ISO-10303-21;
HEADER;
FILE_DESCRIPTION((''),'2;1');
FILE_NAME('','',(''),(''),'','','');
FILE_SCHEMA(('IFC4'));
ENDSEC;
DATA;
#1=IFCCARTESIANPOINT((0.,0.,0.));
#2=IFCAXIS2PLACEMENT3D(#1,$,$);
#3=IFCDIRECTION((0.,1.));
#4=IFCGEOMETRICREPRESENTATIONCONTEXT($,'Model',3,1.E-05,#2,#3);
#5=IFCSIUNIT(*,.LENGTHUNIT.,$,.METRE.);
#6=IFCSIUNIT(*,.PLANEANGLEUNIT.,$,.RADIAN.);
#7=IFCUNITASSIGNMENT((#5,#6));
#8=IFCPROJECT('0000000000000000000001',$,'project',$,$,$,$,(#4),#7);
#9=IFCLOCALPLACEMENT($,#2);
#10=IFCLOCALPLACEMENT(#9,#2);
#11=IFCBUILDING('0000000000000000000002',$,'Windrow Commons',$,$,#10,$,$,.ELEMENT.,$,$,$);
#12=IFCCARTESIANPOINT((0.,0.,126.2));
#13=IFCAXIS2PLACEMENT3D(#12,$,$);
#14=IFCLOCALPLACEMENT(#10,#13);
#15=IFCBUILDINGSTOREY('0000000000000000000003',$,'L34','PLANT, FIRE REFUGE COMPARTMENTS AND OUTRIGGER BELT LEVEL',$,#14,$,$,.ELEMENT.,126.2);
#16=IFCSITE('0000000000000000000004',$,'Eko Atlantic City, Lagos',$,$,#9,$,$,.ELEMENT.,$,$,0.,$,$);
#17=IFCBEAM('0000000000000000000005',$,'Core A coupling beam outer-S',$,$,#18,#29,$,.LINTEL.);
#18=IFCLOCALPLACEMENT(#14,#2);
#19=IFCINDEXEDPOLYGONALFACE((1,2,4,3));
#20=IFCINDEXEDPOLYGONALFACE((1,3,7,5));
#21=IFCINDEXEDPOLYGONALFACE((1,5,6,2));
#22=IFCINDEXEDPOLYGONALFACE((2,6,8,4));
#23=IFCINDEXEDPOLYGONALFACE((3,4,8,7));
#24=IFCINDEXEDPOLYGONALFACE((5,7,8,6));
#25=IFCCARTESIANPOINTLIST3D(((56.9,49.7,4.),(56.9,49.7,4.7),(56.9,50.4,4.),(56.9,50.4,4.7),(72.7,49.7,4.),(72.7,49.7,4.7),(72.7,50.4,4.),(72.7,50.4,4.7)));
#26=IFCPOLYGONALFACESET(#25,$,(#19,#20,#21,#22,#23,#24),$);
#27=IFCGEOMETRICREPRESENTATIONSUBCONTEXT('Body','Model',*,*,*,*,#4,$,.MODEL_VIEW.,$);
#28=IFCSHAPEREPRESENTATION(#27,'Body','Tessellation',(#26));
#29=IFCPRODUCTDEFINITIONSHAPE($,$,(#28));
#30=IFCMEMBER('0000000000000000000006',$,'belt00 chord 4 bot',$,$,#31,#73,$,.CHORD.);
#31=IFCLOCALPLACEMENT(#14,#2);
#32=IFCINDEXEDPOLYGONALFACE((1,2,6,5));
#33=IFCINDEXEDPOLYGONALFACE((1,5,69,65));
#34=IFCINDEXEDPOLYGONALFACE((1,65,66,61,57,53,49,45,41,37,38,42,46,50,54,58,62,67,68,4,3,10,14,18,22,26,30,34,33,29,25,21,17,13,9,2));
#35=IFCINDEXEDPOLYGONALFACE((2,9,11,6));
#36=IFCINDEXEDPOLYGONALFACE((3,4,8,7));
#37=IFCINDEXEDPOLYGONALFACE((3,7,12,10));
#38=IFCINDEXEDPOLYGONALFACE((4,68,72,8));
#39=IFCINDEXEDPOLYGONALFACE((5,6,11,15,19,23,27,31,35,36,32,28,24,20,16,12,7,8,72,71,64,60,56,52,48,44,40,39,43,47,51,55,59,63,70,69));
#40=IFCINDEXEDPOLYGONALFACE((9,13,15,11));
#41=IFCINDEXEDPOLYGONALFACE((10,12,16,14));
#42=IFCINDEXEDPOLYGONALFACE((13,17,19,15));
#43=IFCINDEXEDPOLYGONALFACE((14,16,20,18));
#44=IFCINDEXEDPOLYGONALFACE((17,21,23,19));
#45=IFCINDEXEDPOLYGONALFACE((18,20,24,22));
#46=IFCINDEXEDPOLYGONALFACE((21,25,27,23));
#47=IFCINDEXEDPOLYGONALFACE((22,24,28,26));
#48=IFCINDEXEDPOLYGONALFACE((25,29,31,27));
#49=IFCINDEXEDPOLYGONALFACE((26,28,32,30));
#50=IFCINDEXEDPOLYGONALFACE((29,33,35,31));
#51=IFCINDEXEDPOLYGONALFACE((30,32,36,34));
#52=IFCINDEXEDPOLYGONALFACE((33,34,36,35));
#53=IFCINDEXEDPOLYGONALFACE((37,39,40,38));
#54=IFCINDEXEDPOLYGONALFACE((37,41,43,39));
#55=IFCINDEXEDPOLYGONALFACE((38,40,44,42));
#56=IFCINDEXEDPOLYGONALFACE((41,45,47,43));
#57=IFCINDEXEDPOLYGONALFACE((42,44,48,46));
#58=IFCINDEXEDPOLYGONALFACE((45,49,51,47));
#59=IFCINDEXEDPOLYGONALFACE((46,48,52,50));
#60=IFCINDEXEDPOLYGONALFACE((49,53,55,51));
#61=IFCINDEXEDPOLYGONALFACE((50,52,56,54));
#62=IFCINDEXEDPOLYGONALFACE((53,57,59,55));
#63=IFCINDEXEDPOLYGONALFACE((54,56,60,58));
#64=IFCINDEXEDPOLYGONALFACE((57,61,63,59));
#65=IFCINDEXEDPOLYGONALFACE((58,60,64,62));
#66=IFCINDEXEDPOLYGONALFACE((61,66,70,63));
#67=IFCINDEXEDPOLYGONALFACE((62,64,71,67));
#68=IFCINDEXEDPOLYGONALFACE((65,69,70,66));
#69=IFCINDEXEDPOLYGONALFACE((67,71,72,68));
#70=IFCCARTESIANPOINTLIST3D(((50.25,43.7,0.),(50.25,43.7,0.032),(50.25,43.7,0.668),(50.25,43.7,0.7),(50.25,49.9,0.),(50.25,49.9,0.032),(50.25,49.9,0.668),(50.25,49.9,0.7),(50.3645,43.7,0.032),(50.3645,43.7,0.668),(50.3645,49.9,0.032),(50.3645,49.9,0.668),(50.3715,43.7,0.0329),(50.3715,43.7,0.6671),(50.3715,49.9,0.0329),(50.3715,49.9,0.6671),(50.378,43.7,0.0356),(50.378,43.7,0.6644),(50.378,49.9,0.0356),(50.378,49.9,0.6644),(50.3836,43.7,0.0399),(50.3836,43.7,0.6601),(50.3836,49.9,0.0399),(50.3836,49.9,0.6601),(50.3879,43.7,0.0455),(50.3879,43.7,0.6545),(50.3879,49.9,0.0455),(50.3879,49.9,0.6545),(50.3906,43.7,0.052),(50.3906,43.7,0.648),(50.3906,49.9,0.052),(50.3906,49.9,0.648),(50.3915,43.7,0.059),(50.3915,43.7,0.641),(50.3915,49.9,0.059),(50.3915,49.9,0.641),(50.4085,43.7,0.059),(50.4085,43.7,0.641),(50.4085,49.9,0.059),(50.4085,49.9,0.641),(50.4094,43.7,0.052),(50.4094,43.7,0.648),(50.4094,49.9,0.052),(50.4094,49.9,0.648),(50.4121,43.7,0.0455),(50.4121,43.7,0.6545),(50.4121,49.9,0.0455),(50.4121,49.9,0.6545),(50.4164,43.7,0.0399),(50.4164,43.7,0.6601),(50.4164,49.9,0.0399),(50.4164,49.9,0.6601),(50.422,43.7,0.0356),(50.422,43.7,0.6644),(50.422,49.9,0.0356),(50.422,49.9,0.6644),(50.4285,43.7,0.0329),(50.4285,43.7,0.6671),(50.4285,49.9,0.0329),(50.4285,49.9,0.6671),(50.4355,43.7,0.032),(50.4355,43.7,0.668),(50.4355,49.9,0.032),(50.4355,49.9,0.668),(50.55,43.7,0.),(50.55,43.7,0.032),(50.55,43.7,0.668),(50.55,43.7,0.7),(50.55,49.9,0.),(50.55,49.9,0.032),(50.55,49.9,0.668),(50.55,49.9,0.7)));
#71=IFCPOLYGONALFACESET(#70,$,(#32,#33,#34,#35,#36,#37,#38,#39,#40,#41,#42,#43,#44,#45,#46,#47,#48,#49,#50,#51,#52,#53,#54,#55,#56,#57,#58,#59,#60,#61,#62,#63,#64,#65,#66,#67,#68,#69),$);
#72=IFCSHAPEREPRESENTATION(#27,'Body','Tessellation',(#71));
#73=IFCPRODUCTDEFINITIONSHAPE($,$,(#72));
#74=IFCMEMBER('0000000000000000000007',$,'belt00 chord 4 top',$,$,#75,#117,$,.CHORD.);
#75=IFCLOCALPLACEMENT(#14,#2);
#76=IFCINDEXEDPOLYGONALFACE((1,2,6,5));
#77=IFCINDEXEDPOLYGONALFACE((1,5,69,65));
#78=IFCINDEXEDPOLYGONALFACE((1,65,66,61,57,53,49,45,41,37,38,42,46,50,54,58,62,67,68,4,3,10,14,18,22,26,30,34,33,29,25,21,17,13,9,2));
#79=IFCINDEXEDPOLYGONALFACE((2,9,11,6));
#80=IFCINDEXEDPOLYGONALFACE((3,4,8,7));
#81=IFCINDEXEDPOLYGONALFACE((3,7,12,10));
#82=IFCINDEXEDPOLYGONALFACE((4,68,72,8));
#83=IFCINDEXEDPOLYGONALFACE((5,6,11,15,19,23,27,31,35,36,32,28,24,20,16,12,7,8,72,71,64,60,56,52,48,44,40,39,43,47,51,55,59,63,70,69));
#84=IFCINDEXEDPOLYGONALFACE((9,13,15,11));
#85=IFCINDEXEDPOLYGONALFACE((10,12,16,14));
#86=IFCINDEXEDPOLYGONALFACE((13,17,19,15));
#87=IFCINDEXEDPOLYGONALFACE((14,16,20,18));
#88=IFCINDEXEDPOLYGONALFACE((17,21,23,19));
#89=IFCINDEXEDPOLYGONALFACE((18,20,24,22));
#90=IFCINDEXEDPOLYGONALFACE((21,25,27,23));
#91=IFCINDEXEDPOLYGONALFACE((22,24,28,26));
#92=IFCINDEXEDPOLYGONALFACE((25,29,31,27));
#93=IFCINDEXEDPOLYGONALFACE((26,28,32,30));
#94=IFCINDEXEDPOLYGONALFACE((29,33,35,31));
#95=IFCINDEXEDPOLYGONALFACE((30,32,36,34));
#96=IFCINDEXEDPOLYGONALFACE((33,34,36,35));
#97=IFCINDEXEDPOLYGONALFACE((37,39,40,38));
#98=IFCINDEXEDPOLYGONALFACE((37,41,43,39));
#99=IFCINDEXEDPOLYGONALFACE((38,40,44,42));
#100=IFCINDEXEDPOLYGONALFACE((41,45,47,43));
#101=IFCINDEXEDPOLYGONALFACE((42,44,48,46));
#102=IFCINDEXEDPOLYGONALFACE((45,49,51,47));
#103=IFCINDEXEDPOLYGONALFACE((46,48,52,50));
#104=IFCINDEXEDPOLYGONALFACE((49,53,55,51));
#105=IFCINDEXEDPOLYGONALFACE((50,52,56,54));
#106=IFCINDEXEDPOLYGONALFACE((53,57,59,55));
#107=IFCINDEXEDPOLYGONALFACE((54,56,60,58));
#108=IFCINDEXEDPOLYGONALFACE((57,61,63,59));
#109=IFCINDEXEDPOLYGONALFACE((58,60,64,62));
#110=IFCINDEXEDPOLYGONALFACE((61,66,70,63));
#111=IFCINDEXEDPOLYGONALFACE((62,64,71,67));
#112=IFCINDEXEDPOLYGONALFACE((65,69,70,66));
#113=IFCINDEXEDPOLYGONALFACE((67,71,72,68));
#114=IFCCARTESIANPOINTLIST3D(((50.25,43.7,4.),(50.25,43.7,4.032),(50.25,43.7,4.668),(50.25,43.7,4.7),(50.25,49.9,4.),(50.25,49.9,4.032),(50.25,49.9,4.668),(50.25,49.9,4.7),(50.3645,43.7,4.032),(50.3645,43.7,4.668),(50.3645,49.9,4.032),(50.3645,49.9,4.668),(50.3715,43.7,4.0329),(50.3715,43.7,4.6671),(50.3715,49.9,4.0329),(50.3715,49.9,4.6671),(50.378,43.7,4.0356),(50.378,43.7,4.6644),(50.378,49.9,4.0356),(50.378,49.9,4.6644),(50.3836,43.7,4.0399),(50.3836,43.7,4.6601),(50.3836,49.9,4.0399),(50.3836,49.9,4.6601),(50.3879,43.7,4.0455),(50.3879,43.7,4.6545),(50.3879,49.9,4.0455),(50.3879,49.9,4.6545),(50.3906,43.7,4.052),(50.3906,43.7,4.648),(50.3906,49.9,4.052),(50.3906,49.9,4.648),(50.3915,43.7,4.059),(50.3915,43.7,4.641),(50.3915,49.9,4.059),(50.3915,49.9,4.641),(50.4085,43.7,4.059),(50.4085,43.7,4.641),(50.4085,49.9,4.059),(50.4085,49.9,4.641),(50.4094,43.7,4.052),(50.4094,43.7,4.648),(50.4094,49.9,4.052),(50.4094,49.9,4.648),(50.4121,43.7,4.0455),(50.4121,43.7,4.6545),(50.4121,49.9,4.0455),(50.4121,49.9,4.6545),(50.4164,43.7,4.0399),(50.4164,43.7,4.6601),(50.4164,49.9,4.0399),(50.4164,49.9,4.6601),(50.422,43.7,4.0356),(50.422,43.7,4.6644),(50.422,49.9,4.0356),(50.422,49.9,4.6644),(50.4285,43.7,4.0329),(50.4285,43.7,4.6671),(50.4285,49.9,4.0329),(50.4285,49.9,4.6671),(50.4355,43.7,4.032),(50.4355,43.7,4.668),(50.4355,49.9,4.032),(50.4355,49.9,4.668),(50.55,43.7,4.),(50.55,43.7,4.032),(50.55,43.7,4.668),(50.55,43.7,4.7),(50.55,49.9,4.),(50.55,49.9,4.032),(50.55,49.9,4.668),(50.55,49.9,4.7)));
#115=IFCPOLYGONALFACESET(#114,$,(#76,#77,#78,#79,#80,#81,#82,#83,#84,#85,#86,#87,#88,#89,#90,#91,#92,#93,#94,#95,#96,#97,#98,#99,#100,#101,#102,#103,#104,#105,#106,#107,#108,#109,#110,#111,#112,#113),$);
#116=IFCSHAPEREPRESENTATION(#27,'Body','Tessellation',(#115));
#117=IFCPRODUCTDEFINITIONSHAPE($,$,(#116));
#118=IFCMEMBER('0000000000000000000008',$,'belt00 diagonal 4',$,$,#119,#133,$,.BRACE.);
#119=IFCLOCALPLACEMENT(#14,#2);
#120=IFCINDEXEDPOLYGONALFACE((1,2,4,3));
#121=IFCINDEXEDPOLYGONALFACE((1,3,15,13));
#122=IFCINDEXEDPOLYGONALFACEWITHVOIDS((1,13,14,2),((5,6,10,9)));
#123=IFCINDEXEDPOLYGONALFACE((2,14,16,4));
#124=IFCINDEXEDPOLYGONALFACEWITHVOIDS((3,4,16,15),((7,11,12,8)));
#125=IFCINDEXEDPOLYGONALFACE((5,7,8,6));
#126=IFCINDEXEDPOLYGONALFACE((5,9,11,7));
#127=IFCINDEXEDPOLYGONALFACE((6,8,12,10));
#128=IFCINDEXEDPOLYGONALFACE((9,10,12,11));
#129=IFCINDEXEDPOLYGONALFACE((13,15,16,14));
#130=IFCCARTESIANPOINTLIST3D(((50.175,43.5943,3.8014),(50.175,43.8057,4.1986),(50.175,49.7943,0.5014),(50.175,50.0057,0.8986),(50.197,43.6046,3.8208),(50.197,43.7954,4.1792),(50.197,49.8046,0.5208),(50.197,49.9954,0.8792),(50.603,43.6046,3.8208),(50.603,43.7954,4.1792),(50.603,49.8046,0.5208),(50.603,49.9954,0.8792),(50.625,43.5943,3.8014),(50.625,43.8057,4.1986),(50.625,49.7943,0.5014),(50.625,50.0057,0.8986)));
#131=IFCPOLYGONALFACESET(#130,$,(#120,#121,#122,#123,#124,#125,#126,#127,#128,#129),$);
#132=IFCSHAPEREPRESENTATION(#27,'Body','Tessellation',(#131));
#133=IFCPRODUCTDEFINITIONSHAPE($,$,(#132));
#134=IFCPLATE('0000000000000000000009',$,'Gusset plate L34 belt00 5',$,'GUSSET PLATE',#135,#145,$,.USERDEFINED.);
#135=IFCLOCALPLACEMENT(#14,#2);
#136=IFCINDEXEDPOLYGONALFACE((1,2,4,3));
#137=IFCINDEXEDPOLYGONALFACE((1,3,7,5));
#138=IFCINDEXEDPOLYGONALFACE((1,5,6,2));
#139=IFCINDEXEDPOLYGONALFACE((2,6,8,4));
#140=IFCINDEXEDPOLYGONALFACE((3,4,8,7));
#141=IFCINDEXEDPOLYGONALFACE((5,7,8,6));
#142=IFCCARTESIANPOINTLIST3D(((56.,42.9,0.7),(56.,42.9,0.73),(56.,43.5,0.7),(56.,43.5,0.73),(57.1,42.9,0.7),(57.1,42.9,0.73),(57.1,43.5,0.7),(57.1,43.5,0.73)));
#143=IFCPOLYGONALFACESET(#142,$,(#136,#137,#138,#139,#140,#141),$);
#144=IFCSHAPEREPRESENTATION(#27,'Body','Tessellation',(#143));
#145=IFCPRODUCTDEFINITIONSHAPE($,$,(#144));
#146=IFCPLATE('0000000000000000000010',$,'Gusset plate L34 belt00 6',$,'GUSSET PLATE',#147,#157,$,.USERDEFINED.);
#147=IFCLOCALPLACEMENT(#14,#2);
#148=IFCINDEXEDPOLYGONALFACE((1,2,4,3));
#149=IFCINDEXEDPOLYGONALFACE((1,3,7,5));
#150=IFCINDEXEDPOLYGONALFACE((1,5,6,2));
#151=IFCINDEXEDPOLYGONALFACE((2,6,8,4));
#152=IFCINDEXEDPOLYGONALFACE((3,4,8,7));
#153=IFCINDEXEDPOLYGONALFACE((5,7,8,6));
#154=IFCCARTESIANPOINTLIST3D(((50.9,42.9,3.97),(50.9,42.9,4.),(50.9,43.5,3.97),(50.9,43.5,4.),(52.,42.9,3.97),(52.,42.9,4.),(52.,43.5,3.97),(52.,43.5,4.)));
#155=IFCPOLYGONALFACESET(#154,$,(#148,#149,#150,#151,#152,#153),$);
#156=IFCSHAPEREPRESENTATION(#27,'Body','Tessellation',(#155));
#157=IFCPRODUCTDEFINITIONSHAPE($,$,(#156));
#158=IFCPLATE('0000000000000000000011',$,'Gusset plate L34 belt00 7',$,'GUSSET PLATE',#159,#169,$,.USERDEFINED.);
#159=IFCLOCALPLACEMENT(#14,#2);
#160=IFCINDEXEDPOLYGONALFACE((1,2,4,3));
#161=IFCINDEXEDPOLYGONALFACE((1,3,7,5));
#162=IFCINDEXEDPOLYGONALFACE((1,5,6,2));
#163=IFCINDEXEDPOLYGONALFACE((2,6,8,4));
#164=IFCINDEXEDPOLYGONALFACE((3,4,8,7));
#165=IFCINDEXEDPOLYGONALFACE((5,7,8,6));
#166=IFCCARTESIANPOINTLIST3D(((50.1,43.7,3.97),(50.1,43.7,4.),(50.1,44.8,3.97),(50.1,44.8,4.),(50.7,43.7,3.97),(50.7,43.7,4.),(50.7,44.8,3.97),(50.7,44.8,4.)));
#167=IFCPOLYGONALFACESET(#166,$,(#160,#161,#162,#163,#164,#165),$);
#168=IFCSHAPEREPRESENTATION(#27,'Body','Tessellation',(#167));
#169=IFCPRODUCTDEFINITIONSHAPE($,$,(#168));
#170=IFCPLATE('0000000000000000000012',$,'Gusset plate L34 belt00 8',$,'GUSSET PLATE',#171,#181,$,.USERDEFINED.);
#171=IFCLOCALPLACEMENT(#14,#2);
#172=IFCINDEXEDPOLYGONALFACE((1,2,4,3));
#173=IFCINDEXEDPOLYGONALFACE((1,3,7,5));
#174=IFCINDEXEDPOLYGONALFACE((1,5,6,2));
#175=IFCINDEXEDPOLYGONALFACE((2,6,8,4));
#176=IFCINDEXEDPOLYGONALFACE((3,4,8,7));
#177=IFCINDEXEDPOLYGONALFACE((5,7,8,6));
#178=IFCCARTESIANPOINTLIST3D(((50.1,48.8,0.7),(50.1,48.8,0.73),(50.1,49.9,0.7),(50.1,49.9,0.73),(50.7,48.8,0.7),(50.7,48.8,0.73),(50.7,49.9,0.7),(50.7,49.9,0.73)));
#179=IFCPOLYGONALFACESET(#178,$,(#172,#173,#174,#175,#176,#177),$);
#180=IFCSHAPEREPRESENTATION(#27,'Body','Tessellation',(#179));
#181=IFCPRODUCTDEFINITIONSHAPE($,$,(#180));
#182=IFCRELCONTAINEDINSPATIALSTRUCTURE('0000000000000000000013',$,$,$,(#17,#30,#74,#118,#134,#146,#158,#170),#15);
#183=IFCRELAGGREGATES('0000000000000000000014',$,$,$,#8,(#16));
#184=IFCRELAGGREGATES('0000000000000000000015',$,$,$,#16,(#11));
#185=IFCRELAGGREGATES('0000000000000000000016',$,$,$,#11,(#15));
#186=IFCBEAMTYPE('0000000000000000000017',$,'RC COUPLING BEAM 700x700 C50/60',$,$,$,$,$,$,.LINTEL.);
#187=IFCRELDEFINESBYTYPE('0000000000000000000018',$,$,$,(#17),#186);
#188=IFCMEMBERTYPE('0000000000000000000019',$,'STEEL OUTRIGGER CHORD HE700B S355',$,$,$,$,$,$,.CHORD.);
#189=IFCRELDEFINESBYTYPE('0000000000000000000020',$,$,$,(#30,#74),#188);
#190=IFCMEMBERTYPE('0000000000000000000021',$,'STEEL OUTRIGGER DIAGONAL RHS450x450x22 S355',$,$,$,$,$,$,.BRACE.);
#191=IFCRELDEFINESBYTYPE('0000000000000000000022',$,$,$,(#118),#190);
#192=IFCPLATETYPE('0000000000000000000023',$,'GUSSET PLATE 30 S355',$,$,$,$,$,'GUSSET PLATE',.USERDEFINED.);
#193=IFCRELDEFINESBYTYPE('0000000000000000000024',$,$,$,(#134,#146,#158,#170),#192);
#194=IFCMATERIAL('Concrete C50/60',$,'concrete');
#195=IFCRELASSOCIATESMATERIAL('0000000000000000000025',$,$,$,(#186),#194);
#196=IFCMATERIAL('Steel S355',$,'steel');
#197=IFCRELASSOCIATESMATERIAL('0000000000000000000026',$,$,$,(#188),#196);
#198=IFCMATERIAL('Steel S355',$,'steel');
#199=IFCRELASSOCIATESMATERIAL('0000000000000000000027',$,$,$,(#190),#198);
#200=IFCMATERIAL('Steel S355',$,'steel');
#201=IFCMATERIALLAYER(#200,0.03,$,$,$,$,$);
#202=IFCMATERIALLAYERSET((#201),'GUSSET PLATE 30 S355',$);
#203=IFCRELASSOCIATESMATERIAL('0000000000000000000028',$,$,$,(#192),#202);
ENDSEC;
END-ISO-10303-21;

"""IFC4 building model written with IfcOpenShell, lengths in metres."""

from ifc_helpers import new_model, si_unit, direction, frame, origin, origin_2d, place, context, subcontext, project, spatial, rectangle, hollow_rectangle, i_section, extrude, material, layer, layer_set, material_profile, profile_set, type_object, element, save


model = new_model("IFC4")

# Units and contexts
model_context = context("Model", 3, precision=1e-05, world=origin(), true_north=direction((0.0, 1.0)))
body_context = subcontext(model_context, "Body", "Model", "MODEL_VIEW")
ifc_project = project(units=[si_unit("LENGTHUNIT", "METRE"), si_unit("PLANEANGLEUNIT", "RADIAN")], contexts=[model_context])

# Site, building, storey
site_placement = place(None, origin())
site = spatial("IfcSite", under=ifc_project, at=site_placement, Name="Eko Atlantic City, Lagos", CompositionType="ELEMENT", RefElevation=0.0)
building_placement = place(site_placement, origin())
building = spatial("IfcBuilding", under=site, at=building_placement, Name="Windrow Commons", CompositionType="ELEMENT")
storey_placement = place(building_placement, frame((0.0, 0.0, 126.2)))
storey = spatial("IfcBuildingStorey", under=building, at=storey_placement, Name="L34", Description="PLANT, FIRE REFUGE COMPARTMENTS AND OUTRIGGER BELT LEVEL", CompositionType="ELEMENT", Elevation=126.2)

# Beam
ifc_material_1 = material(Name="Concrete C50/60", Category="concrete")
ifc_material_profile_1 = material_profile(ifc_material_1, rectangle(XDim=0.7, YDim=0.7, at=origin_2d()))
ifc_profile_set_1 = profile_set([ifc_material_profile_1], Name="Concrete C50/60")
beam_type = type_object("IfcBeamType", Name="RC COUPLING BEAM 700x700 C50/60", PredefinedType="LINTEL", material=ifc_profile_set_1)
beam_placement = place(storey_placement, frame((56.9, 50.05, 4.35), z_axis=(1.0, 0.0, 0.0), x_axis=(0.0, 1.0, 0.0)))
element("IfcBeam", 1, at=beam_placement, inside=storey, type_object=beam_type, Name="Core A coupling beam outer-S", PredefinedType="LINTEL", context=body_context, shape_type="SweptSolid", body=[
    extrude(rectangle(XDim=0.7, YDim=0.7, at=origin_2d()), origin(), (0.0, 0.0, 1.0), 15.8),
])

# Members
ifc_material_2 = material(Name="Steel S355", Category="steel")
ifc_material_profile_2 = material_profile(ifc_material_2, i_section(OverallWidth=0.3, OverallDepth=0.7, WebThickness=0.017, FlangeThickness=0.032, FilletRadius=0.027, at=origin_2d()))
ifc_profile_set_2 = profile_set([ifc_material_profile_2], Name="Steel S355")
member_type_1 = type_object("IfcMemberType", Name="STEEL OUTRIGGER CHORD HE700B S355", PredefinedType="CHORD", material=ifc_profile_set_2)
for number, where, z_axis, x_axis, name in (
    (2, (50.4, 43.7, 0.35), (0.0, 1.0, 0.0), (-1.0, 0.0, 0.0), "belt00 chord 4 bot"),
    (3, (50.4, 43.7, 4.35), (0.0, 1.0, 0.0), (-1.0, 0.0, 0.0), "belt00 chord 4 top"),
):
    element("IfcMember", number, at=place(storey_placement, frame(where, z_axis=z_axis, x_axis=x_axis)), inside=storey, type_object=member_type_1, Name=name, PredefinedType="CHORD", context=body_context, shape_type="SweptSolid", body=[
        extrude(i_section(OverallWidth=0.3, OverallDepth=0.7, WebThickness=0.017, FlangeThickness=0.032, FilletRadius=0.027, at=origin_2d()), origin(), (0.0, 0.0, 1.0), 6.2),
    ])
ifc_material_3 = material(Name="Steel S355", Category="steel")
ifc_material_profile_3 = material_profile(ifc_material_3, hollow_rectangle(XDim=0.45, YDim=0.45, WallThickness=0.022, at=origin_2d()))
ifc_profile_set_3 = profile_set([ifc_material_profile_3], Name="Steel S355")
member_type_2 = type_object("IfcMemberType", Name="STEEL OUTRIGGER DIAGONAL RHS450x450x22 S355", PredefinedType="BRACE", material=ifc_profile_set_3)
member_placement = place(storey_placement, frame((50.4, 43.7, 4.0), z_axis=(0.0, 0.882747, -0.469849), x_axis=(-1.0, 0.0, 0.0)))
element("IfcMember", 4, at=member_placement, inside=storey, type_object=member_type_2, Name="belt00 diagonal 4", PredefinedType="BRACE", context=body_context, shape_type="SweptSolid", body=[
    extrude(hollow_rectangle(XDim=0.45, YDim=0.45, WallThickness=0.022, at=origin_2d()), origin(), (0.0, 0.0, 1.0), 7.0235),
])

# Plates
ifc_material_4 = material(Name="Steel S355", Category="steel")
ifc_layer_1 = layer(ifc_material_4, 0.03)
ifc_layer_set_1 = layer_set([ifc_layer_1], Name="GUSSET PLATE 30 S355")
plate_type = type_object("IfcPlateType", Name="GUSSET PLATE 30 S355", ElementType="GUSSET PLATE", PredefinedType="USERDEFINED", material=ifc_layer_set_1)
for number, where, z_axis, x_axis, name in (
    (5, (56.55, 43.2, 0.7), (0.0, 0.0, 1.0), (-1.0, 0.0, 0.0), "Gusset plate L34 belt00 5"),
    (6, (51.45, 43.2, 3.97), (0.0, 0.0, 1.0), (-1.0, 0.0, 0.0), "Gusset plate L34 belt00 6"),
    (7, (50.4, 44.25, 3.97), (0.0, 0.0, 1.0), (0.0, 1.0, 0.0), "Gusset plate L34 belt00 7"),
    (8, (50.4, 49.35, 0.7), (0.0, 0.0, 1.0), (0.0, 1.0, 0.0), "Gusset plate L34 belt00 8"),
):
    element("IfcPlate", number, at=place(storey_placement, frame(where, z_axis=z_axis, x_axis=x_axis)), inside=storey, type_object=plate_type, Name=name, ObjectType="GUSSET PLATE", PredefinedType="USERDEFINED", context=body_context, shape_type="SweptSolid", body=[
        extrude(rectangle(XDim=1.1, YDim=0.6, at=origin_2d()), origin(), (0.0, 0.0, 1.0), 0.03),
    ])

save(model, "model.ifc")
